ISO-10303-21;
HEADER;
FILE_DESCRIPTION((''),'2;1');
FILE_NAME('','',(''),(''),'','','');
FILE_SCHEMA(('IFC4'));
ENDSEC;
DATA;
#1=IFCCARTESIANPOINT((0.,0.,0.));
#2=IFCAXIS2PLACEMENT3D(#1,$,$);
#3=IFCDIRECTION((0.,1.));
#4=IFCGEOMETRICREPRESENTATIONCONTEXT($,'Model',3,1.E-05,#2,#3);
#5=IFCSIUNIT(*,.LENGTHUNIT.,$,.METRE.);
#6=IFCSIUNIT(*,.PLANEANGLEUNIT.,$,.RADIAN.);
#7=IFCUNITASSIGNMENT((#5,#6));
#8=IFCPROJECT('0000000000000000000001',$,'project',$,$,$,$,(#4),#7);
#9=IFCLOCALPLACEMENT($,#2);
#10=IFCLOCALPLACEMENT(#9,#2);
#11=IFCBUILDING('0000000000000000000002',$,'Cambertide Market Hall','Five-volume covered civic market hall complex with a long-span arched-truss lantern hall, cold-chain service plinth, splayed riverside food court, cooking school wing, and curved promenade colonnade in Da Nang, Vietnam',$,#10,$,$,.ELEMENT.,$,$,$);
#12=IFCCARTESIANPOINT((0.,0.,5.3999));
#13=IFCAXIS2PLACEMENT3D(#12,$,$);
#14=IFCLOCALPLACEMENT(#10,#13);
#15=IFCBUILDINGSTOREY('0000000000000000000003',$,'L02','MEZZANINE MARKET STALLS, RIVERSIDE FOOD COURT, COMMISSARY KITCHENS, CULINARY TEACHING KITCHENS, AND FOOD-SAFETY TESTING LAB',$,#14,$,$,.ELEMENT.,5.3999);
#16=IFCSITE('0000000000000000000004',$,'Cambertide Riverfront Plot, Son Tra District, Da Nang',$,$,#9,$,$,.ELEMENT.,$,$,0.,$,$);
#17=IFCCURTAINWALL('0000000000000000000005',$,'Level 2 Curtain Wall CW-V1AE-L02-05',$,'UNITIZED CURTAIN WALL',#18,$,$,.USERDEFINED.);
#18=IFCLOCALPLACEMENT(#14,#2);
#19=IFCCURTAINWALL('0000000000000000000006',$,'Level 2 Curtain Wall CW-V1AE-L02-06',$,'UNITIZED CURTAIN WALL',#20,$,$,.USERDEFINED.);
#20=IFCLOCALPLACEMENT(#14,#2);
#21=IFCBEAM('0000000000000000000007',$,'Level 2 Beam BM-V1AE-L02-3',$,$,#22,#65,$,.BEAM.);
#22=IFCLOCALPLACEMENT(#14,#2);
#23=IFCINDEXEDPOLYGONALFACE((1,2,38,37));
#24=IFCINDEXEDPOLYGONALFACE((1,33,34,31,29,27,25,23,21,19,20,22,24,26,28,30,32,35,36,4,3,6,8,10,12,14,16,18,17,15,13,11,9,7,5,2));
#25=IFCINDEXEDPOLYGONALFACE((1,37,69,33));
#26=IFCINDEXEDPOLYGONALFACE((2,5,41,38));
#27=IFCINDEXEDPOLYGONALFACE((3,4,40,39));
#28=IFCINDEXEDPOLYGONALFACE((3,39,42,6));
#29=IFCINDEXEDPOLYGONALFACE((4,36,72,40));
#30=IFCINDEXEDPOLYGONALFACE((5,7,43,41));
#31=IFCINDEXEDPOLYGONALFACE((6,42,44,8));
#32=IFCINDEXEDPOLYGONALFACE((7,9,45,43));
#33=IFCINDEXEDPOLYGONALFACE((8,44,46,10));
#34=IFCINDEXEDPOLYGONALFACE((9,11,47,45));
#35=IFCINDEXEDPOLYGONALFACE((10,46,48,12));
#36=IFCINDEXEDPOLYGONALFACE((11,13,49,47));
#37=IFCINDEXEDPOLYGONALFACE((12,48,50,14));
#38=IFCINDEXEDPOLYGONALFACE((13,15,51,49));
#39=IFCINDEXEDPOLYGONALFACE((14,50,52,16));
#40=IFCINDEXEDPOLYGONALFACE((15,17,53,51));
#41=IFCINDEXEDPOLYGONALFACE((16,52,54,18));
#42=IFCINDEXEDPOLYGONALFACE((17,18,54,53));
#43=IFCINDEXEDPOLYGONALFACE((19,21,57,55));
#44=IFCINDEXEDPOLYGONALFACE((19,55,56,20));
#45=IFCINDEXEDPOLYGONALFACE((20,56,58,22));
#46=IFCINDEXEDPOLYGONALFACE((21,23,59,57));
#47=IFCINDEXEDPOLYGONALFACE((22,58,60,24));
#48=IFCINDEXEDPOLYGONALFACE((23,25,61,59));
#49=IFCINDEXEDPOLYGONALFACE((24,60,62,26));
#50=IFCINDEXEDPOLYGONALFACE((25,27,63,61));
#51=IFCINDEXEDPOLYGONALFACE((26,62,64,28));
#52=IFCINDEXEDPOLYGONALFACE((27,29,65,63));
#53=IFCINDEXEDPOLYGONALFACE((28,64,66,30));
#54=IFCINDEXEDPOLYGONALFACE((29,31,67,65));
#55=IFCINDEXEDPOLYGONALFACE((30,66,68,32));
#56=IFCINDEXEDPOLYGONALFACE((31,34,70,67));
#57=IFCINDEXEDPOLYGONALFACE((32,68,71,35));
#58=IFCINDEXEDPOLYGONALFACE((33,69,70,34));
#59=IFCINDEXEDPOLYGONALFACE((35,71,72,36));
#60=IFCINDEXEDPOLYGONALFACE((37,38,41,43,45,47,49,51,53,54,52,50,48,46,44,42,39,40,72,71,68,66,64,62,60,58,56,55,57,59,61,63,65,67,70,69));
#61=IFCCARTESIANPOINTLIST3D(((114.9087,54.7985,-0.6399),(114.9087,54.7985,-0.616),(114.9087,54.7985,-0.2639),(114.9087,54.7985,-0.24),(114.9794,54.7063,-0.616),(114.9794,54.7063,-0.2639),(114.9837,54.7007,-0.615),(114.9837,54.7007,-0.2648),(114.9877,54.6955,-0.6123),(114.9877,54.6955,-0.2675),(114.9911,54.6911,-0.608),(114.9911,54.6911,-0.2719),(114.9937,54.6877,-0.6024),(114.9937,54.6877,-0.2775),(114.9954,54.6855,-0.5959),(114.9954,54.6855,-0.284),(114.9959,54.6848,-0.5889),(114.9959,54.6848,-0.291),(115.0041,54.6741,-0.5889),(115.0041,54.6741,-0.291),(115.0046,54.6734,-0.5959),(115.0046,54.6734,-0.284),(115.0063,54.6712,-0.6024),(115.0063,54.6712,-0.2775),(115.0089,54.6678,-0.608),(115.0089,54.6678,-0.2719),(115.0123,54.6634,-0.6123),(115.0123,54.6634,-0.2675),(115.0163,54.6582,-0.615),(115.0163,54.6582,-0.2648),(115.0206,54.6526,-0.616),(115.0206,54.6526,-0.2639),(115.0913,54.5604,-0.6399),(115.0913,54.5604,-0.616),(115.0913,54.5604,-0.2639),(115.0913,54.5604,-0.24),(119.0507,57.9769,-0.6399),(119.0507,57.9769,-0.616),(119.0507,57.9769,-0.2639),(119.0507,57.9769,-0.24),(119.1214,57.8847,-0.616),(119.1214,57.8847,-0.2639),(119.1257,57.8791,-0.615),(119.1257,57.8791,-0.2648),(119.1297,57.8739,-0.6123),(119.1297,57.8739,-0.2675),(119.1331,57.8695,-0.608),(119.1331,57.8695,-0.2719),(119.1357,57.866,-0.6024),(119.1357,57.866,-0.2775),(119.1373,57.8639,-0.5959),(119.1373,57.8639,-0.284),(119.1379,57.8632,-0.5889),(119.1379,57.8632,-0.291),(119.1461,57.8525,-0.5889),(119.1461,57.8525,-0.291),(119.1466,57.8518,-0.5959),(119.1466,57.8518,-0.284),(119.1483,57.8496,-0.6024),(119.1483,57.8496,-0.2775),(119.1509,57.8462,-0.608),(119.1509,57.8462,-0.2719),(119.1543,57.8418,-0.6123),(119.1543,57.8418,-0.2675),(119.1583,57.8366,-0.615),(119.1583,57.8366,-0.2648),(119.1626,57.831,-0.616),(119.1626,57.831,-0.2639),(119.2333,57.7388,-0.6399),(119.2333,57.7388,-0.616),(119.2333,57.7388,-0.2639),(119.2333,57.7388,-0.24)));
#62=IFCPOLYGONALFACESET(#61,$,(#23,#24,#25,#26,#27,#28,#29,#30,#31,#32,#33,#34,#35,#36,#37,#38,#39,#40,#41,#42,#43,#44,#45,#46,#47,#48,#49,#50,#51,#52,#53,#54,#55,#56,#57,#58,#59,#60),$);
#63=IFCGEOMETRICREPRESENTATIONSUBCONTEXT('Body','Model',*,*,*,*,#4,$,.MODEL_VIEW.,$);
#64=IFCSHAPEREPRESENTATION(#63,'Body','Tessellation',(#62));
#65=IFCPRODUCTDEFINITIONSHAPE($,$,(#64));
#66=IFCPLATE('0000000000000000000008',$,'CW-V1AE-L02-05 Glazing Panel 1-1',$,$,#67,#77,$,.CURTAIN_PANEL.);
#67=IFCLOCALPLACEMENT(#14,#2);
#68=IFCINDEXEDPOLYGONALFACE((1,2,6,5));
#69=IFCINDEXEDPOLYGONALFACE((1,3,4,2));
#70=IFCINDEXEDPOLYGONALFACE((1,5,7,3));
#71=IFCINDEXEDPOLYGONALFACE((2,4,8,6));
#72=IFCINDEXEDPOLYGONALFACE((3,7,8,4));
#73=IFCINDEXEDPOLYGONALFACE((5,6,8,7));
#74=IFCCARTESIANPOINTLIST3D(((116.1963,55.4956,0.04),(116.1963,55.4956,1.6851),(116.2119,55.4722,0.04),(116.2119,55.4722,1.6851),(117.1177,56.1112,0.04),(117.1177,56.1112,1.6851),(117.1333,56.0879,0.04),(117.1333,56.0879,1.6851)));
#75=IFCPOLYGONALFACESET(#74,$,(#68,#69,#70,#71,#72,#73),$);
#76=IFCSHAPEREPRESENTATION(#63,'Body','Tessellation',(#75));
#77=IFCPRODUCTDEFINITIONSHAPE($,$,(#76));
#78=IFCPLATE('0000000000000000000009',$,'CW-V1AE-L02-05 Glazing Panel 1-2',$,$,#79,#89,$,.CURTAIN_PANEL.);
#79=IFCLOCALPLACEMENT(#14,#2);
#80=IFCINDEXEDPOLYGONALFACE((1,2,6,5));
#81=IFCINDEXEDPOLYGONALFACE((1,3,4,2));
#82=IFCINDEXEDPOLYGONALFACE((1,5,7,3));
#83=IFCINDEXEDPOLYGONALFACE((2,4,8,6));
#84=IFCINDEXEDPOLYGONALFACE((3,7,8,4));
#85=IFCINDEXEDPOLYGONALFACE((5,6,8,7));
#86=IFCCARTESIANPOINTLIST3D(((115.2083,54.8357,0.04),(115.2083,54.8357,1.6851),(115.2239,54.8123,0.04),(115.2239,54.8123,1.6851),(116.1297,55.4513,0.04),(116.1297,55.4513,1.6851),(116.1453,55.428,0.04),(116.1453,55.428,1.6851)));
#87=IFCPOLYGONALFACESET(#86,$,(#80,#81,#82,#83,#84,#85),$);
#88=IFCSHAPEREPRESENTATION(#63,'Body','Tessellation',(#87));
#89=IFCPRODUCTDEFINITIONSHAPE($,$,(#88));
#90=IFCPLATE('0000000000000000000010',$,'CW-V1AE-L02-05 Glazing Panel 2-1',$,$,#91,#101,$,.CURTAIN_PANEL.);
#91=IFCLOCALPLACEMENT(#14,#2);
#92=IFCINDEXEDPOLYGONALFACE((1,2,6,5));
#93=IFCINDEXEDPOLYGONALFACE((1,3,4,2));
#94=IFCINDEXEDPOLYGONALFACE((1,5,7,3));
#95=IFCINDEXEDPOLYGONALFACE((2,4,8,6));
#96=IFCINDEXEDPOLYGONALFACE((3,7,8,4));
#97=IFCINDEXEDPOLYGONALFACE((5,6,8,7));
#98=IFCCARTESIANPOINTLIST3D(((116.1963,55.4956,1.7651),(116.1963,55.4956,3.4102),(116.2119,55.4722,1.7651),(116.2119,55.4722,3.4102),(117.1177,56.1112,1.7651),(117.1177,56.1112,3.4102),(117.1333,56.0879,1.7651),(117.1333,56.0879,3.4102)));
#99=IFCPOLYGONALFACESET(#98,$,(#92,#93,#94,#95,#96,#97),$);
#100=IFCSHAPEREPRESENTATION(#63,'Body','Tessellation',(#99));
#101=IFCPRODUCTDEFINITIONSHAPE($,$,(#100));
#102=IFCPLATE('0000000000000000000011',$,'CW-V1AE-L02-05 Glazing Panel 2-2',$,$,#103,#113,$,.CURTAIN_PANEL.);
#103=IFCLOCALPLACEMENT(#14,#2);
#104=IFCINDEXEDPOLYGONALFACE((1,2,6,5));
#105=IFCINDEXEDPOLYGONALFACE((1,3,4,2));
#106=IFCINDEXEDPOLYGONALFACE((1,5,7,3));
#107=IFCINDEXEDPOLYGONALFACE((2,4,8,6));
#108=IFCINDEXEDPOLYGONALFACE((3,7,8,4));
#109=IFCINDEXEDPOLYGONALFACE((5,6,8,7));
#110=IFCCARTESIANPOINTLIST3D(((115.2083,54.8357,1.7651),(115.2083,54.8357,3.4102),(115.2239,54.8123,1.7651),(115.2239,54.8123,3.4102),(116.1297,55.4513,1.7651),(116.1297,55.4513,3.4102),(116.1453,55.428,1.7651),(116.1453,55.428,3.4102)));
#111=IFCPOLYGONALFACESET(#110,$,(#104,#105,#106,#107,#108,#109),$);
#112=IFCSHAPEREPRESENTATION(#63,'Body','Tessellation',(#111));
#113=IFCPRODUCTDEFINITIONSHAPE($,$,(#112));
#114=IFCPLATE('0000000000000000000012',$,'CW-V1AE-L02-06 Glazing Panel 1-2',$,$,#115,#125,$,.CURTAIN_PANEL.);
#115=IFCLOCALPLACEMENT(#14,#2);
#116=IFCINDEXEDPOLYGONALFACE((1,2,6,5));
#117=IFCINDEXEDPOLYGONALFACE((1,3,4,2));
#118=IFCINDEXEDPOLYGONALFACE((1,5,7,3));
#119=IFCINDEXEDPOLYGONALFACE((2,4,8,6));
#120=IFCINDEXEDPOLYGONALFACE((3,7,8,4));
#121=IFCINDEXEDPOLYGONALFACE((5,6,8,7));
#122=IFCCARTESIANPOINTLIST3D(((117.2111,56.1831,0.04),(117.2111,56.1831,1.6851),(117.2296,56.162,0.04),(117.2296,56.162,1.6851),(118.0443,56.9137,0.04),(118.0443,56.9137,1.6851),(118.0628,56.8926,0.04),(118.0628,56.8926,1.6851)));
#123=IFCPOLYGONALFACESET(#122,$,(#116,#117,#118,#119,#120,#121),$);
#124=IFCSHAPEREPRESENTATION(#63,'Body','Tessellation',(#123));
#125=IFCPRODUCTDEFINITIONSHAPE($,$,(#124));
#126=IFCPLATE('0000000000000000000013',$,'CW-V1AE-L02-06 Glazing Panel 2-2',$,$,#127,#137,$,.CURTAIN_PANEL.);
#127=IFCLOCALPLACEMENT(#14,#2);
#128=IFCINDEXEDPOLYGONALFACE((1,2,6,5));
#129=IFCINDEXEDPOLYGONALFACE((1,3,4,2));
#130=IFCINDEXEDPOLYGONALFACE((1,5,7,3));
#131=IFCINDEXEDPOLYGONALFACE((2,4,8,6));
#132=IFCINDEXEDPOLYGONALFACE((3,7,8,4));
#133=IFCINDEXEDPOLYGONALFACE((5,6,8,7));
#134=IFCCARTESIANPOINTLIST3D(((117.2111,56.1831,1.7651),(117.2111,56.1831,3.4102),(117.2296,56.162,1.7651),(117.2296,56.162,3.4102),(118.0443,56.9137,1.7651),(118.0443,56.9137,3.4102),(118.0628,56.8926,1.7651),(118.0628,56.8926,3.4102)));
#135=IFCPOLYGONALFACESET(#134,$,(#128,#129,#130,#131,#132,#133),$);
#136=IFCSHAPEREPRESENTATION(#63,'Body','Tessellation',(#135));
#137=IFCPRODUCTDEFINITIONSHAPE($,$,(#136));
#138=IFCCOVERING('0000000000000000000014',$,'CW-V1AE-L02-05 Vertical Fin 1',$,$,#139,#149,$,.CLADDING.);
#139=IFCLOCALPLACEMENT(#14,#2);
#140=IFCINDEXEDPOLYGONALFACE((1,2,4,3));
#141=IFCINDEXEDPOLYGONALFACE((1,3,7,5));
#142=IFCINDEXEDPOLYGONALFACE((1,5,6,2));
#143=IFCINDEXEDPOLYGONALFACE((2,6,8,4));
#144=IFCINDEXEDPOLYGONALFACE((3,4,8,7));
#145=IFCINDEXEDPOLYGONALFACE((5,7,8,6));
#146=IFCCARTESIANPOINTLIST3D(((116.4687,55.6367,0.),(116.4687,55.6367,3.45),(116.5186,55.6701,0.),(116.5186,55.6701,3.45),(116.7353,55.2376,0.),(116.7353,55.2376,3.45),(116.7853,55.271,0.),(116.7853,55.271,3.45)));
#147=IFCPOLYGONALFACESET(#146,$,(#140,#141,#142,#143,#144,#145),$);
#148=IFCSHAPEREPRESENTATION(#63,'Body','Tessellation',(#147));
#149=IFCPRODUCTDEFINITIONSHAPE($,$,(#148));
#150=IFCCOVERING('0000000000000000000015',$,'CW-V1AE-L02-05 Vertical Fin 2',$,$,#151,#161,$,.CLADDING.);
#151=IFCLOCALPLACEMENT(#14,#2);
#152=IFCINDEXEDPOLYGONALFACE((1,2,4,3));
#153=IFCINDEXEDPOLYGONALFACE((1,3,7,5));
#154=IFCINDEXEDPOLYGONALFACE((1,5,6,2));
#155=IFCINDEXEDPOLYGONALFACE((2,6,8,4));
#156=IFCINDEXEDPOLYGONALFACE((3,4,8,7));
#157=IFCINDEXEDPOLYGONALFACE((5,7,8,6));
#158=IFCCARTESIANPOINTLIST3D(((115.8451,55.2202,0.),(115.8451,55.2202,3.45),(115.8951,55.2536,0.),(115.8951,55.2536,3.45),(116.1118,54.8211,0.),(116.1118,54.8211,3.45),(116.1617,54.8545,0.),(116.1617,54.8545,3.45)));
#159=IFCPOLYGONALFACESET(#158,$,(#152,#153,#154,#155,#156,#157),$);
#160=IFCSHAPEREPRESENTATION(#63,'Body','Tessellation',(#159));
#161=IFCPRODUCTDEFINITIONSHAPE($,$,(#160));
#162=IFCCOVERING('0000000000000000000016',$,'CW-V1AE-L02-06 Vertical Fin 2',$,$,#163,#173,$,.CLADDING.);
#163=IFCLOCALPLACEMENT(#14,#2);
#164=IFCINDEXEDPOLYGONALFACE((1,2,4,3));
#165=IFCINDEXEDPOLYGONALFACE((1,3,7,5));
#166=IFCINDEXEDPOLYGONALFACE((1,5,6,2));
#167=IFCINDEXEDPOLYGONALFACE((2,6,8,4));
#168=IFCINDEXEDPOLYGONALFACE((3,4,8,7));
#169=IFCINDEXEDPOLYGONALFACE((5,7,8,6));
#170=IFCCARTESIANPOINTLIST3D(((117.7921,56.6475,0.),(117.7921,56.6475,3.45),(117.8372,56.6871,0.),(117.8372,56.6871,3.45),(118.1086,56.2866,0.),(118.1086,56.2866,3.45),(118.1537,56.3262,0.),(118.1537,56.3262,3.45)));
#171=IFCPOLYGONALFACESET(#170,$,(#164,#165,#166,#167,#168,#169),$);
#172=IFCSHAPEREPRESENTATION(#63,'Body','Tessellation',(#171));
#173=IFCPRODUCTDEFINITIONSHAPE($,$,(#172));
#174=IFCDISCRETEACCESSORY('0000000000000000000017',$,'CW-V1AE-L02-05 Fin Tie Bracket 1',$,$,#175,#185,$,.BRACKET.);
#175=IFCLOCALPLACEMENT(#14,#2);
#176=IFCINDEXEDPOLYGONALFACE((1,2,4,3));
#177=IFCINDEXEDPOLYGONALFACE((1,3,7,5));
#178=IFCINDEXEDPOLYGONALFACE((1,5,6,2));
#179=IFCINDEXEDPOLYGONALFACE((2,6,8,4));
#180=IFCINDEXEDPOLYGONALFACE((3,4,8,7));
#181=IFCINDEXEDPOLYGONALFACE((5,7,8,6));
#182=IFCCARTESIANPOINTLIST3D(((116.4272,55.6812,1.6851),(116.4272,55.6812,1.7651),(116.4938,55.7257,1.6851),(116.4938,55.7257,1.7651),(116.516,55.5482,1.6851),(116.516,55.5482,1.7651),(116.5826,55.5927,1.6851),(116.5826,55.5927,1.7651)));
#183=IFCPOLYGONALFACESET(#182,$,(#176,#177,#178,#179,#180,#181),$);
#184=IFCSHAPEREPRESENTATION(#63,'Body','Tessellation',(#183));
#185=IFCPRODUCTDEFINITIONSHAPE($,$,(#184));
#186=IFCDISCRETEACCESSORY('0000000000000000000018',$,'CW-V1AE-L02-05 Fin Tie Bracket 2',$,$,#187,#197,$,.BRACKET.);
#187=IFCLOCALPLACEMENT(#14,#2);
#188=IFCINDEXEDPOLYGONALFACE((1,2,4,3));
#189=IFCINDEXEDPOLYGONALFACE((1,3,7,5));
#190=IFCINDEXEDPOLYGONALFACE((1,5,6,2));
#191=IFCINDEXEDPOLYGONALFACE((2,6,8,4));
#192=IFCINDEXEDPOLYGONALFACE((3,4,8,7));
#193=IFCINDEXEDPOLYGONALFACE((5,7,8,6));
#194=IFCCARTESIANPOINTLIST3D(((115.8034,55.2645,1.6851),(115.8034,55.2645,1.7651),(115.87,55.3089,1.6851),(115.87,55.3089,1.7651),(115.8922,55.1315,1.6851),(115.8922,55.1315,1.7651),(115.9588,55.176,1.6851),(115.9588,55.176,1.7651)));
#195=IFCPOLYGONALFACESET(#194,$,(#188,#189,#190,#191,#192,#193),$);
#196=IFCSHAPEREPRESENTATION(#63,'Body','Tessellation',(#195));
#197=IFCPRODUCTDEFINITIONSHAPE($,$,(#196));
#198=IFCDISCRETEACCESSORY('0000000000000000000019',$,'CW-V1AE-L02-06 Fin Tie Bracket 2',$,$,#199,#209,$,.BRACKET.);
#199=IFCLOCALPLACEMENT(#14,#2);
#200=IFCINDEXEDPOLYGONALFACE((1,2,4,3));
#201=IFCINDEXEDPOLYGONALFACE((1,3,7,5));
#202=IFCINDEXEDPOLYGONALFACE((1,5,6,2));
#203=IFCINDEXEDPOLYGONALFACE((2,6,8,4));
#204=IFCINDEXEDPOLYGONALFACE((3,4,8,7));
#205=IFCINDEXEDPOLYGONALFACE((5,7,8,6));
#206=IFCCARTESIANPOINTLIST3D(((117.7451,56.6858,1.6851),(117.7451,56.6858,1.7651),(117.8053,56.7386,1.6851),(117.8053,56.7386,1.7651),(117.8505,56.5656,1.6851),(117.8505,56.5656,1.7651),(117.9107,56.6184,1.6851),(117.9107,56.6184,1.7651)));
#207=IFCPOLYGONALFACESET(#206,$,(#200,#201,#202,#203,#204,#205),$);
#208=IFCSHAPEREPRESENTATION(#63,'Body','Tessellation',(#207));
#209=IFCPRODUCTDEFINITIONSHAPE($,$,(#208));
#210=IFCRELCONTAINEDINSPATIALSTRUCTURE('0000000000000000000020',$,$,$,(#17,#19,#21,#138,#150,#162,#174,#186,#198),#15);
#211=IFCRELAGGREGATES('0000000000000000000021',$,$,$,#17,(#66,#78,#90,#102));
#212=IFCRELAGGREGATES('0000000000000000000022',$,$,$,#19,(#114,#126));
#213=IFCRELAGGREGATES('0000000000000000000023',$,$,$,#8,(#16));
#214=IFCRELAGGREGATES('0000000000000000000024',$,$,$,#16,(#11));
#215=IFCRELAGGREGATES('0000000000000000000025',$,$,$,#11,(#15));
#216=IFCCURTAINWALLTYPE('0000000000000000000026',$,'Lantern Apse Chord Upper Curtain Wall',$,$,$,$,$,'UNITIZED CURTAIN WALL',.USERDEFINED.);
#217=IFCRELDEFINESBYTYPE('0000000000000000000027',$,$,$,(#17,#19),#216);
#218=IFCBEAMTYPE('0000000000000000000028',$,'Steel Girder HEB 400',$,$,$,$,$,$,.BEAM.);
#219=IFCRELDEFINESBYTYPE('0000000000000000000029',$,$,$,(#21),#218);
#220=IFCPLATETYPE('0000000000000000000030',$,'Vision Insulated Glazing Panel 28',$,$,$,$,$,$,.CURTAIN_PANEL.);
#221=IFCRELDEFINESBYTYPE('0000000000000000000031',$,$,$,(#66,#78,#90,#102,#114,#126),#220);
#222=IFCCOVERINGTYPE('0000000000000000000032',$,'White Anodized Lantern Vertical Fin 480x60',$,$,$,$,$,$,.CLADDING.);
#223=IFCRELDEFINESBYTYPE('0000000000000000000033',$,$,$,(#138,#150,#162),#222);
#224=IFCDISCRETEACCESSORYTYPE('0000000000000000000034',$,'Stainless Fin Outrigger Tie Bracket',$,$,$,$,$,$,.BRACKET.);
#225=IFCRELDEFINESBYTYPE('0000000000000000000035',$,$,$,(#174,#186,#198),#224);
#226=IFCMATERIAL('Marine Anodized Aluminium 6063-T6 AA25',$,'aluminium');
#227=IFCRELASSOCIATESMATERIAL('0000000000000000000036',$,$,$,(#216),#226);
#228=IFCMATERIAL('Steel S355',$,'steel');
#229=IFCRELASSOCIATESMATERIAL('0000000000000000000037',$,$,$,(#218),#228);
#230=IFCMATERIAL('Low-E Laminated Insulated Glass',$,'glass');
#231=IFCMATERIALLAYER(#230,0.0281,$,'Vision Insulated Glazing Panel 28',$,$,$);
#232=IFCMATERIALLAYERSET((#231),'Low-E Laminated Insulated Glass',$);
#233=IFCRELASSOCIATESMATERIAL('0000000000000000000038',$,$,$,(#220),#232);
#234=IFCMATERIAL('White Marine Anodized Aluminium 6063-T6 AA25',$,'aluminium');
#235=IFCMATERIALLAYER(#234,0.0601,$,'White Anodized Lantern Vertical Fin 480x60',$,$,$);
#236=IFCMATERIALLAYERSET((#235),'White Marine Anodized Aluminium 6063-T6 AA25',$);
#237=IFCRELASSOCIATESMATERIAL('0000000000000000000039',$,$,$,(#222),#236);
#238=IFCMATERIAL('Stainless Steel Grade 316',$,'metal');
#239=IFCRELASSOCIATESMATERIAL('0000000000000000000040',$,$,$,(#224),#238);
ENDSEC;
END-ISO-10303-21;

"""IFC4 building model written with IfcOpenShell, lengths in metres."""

from ifc_helpers import new_model, si_unit, direction, frame, origin, origin_2d, place, context, subcontext, project, spatial, rectangle, i_section, extrude, material, layer, layer_set, material_profile, profile_set, type_object, element, aggregate, save


model = new_model("IFC4")

# Units and contexts
model_context = context("Model", 3, precision=1e-05, world=origin(), true_north=direction((0.0, 1.0)))
body_context = subcontext(model_context, "Body", "Model", "MODEL_VIEW")
ifc_project = project(units=[si_unit("LENGTHUNIT", "METRE"), si_unit("PLANEANGLEUNIT", "RADIAN")], contexts=[model_context])

# Site, building, storey
site_placement = place(None, origin())
site = spatial("IfcSite", under=ifc_project, at=site_placement, Name="Cambertide Riverfront Plot, Son Tra District, Da Nang", CompositionType="ELEMENT", RefElevation=0.0)
building_placement = place(site_placement, origin())
building = spatial("IfcBuilding", under=site, at=building_placement, Name="Cambertide Market Hall", Description="Five-volume covered civic market hall complex with a long-span arched-truss lantern hall, cold-chain service plinth, splayed riverside food court, cooking school wing, and curved promenade colonnade in Da Nang, Vietnam", CompositionType="ELEMENT")
storey_placement = place(building_placement, frame((0.0, 0.0, 5.3999)))
storey = spatial("IfcBuildingStorey", under=building, at=storey_placement, Name="L02", Description="MEZZANINE MARKET STALLS, RIVERSIDE FOOD COURT, COMMISSARY KITCHENS, CULINARY TEACHING KITCHENS, AND FOOD-SAFETY TESTING LAB", CompositionType="ELEMENT", Elevation=5.3999)

# Shared definitions
ifc_material_1 = material(Name="Marine Anodized Aluminium 6063-T6 AA25", Category="aluminium")
curtain_wall_type = type_object("IfcCurtainWallType", Name="Lantern Apse Chord Upper Curtain Wall", ElementType="UNITIZED CURTAIN WALL", PredefinedType="USERDEFINED", material=ifc_material_1)

# Curtain wall
curtain_wall_1_placement = place(storey_placement, origin())
curtain_wall_1 = element("IfcCurtainWall", 1, at=curtain_wall_1_placement, inside=storey, type_object=curtain_wall_type, Name="Level 2 Curtain Wall CW-V1AE-L02-05", ObjectType="UNITIZED CURTAIN WALL", PredefinedType="USERDEFINED")

# Curtain wall
curtain_wall_2_placement = place(storey_placement, origin())
curtain_wall_2 = element("IfcCurtainWall", 2, at=curtain_wall_2_placement, inside=storey, type_object=curtain_wall_type, Name="Level 2 Curtain Wall CW-V1AE-L02-06", ObjectType="UNITIZED CURTAIN WALL", PredefinedType="USERDEFINED")

# Beam
ifc_material_2 = material(Name="Steel S355", Category="steel")
ifc_material_profile_1 = material_profile(ifc_material_2, i_section(OverallWidth=0.3, OverallDepth=0.3999, WebThickness=0.0134, FlangeThickness=0.0239, FilletRadius=0.0271, at=origin_2d()), Name="HEB 400")
ifc_profile_set_1 = profile_set([ifc_material_profile_1], Name="Steel S355")
beam_type_1 = type_object("IfcBeamType", Name="Steel Girder HEB 400", PredefinedType="BEAM", material=ifc_profile_set_1)
beam_1_placement = place(storey_placement, frame((115.0, 54.6794, -0.4399), z_axis=(0.793341, 0.608777, 0.0), x_axis=(-0.608777, 0.793341, 0.0)))
element("IfcBeam", 3, at=beam_1_placement, inside=storey, type_object=beam_type_1, Name="Level 2 Beam BM-V1AE-L02-3", PredefinedType="BEAM", context=body_context, shape_type="SweptSolid", body=[
    extrude(i_section(OverallWidth=0.3, OverallDepth=0.3999, WebThickness=0.0134, FlangeThickness=0.0239, FilletRadius=0.0271, at=origin_2d()), origin(), (0.0, 0.0, 1.0), 5.2209),
])

# Plates
ifc_material_3 = material(Name="Low-E Laminated Insulated Glass", Category="glass")
ifc_layer_1 = layer(ifc_material_3, 0.0281, Name="Vision Insulated Glazing Panel 28")
ifc_layer_set_1 = layer_set([ifc_layer_1], Name="Low-E Laminated Insulated Glass")
plate_type = type_object("IfcPlateType", Name="Vision Insulated Glazing Panel 28", PredefinedType="CURTAIN_PANEL", material=ifc_layer_set_1)
plate_1_placement = place(storey_placement, frame((116.6648, 55.7917, 0.04), z_axis=(0.0, 0.0, 1.0), x_axis=(-0.83147, -0.55557, 0.0)))
plate_1 = element("IfcPlate", 4, at=plate_1_placement, type_object=plate_type, Name="CW-V1AE-L02-05 Glazing Panel 1-1", PredefinedType="CURTAIN_PANEL", context=body_context, shape_type="SweptSolid", body=[
    extrude(rectangle(XDim=1.1082, YDim=0.0281, at=origin_2d()), origin(), (0.0, 0.0, 1.0), 1.645),
])
plate_2_placement = place(storey_placement, frame((115.6768, 55.1318, 0.04), z_axis=(0.0, 0.0, 1.0), x_axis=(-0.83147, -0.55557, 0.0)))
plate_2 = element("IfcPlate", 5, at=plate_2_placement, type_object=plate_type, Name="CW-V1AE-L02-05 Glazing Panel 1-2", PredefinedType="CURTAIN_PANEL", context=body_context, shape_type="SweptSolid", body=[
    extrude(rectangle(XDim=1.1082, YDim=0.0281, at=origin_2d()), origin(), (0.0, 0.0, 1.0), 1.645),
])
plate_3_placement = place(storey_placement, frame((116.6648, 55.7917, 1.7651), z_axis=(0.0, 0.0, 1.0), x_axis=(-0.83147, -0.55557, 0.0)))
plate_3 = element("IfcPlate", 6, at=plate_3_placement, type_object=plate_type, Name="CW-V1AE-L02-05 Glazing Panel 2-1", PredefinedType="CURTAIN_PANEL", context=body_context, shape_type="SweptSolid", body=[
    extrude(rectangle(XDim=1.1082, YDim=0.0281, at=origin_2d()), origin(), (0.0, 0.0, 1.0), 1.645),
])
plate_4_placement = place(storey_placement, frame((115.6768, 55.1318, 1.7651), z_axis=(0.0, 0.0, 1.0), x_axis=(-0.83147, -0.55557, 0.0)))
plate_4 = element("IfcPlate", 7, at=plate_4_placement, type_object=plate_type, Name="CW-V1AE-L02-05 Glazing Panel 2-2", PredefinedType="CURTAIN_PANEL", context=body_context, shape_type="SweptSolid", body=[
    extrude(rectangle(XDim=1.1082, YDim=0.0281, at=origin_2d()), origin(), (0.0, 0.0, 1.0), 1.645),
])
aggregate(curtain_wall_1, [plate_1, plate_2, plate_3, plate_4])
plate_5_placement = place(storey_placement, frame((117.637, 56.5378, 0.04), z_axis=(0.0, 0.0, 1.0), x_axis=(-0.75184, -0.659346, 0.0)))
plate_5 = element("IfcPlate", 8, at=plate_5_placement, type_object=plate_type, Name="CW-V1AE-L02-06 Glazing Panel 1-2", PredefinedType="CURTAIN_PANEL", context=body_context, shape_type="SweptSolid", body=[
    extrude(rectangle(XDim=1.1082, YDim=0.0281, at=origin_2d()), origin(), (0.0, 0.0, 1.0), 1.645),
])
plate_6_placement = place(storey_placement, frame((117.637, 56.5378, 1.7651), z_axis=(0.0, 0.0, 1.0), x_axis=(-0.75184, -0.659346, 0.0)))
plate_6 = element("IfcPlate", 9, at=plate_6_placement, type_object=plate_type, Name="CW-V1AE-L02-06 Glazing Panel 2-2", PredefinedType="CURTAIN_PANEL", context=body_context, shape_type="SweptSolid", body=[
    extrude(rectangle(XDim=1.1082, YDim=0.0281, at=origin_2d()), origin(), (0.0, 0.0, 1.0), 1.645),
])
aggregate(curtain_wall_2, [plate_5, plate_6])

# Coverings
ifc_material_4 = material(Name="White Marine Anodized Aluminium 6063-T6 AA25", Category="aluminium")
ifc_layer_2 = layer(ifc_material_4, 0.0601, Name="White Anodized Lantern Vertical Fin 480x60")
ifc_layer_set_2 = layer_set([ifc_layer_2], Name="White Marine Anodized Aluminium 6063-T6 AA25")
covering_type = type_object("IfcCoveringType", Name="White Anodized Lantern Vertical Fin 480x60", PredefinedType="CLADDING", material=ifc_layer_set_2)
for number, where, z_axis, x_axis, name in (
    (10, (116.627, 55.4539, 0.0), (0.0, 0.0, 1.0), (-0.83147, -0.55557, 0.0), "CW-V1AE-L02-05 Vertical Fin 1"),
    (11, (116.0034, 55.0374, 0.0), (0.0, 0.0, 1.0), (-0.83147, -0.55557, 0.0), "CW-V1AE-L02-05 Vertical Fin 2"),
    (12, (117.9729, 56.4868, 0.0), (0.0, 0.0, 1.0), (-0.75184, -0.659346, 0.0), "CW-V1AE-L02-06 Vertical Fin 2"),
):
    element("IfcCovering", number, at=place(storey_placement, frame(where, z_axis=z_axis, x_axis=x_axis)), inside=storey, type_object=covering_type, Name=name, PredefinedType="CLADDING", context=body_context, shape_type="SweptSolid", body=[
        extrude(rectangle(XDim=0.0601, YDim=0.48, at=origin_2d()), origin(), (0.0, 0.0, 1.0), 3.45),
    ])

# Discrete accessories
ifc_material_5 = material(Name="Stainless Steel Grade 316", Category="metal")
discrete_accessory_type = type_object("IfcDiscreteAccessoryType", Name="Stainless Fin Outrigger Tie Bracket", PredefinedType="BRACKET", material=ifc_material_5)
for number, where, z_axis, x_axis, name in (
    (13, (116.5049, 55.637, 1.6851), (0.0, 0.0, 1.0), (-0.83147, -0.55557, 0.0), "CW-V1AE-L02-05 Fin Tie Bracket 1"),
    (14, (115.8811, 55.2202, 1.6851), (0.0, 0.0, 1.0), (-0.83147, -0.55557, 0.0), "CW-V1AE-L02-05 Fin Tie Bracket 2"),
    (15, (117.8279, 56.6521, 1.6851), (0.0, 0.0, 1.0), (-0.75184, -0.659346, 0.0), "CW-V1AE-L02-06 Fin Tie Bracket 2"),
):
    element("IfcDiscreteAccessory", number, at=place(storey_placement, frame(where, z_axis=z_axis, x_axis=x_axis)), inside=storey, type_object=discrete_accessory_type, Name=name, PredefinedType="BRACKET", context=body_context, shape_type="SweptSolid", body=[
        extrude(rectangle(XDim=0.0801, YDim=0.1599, at=origin_2d()), origin(), (0.0, 0.0, 1.0), 0.0801),
    ])

save(model, "model.ifc")
